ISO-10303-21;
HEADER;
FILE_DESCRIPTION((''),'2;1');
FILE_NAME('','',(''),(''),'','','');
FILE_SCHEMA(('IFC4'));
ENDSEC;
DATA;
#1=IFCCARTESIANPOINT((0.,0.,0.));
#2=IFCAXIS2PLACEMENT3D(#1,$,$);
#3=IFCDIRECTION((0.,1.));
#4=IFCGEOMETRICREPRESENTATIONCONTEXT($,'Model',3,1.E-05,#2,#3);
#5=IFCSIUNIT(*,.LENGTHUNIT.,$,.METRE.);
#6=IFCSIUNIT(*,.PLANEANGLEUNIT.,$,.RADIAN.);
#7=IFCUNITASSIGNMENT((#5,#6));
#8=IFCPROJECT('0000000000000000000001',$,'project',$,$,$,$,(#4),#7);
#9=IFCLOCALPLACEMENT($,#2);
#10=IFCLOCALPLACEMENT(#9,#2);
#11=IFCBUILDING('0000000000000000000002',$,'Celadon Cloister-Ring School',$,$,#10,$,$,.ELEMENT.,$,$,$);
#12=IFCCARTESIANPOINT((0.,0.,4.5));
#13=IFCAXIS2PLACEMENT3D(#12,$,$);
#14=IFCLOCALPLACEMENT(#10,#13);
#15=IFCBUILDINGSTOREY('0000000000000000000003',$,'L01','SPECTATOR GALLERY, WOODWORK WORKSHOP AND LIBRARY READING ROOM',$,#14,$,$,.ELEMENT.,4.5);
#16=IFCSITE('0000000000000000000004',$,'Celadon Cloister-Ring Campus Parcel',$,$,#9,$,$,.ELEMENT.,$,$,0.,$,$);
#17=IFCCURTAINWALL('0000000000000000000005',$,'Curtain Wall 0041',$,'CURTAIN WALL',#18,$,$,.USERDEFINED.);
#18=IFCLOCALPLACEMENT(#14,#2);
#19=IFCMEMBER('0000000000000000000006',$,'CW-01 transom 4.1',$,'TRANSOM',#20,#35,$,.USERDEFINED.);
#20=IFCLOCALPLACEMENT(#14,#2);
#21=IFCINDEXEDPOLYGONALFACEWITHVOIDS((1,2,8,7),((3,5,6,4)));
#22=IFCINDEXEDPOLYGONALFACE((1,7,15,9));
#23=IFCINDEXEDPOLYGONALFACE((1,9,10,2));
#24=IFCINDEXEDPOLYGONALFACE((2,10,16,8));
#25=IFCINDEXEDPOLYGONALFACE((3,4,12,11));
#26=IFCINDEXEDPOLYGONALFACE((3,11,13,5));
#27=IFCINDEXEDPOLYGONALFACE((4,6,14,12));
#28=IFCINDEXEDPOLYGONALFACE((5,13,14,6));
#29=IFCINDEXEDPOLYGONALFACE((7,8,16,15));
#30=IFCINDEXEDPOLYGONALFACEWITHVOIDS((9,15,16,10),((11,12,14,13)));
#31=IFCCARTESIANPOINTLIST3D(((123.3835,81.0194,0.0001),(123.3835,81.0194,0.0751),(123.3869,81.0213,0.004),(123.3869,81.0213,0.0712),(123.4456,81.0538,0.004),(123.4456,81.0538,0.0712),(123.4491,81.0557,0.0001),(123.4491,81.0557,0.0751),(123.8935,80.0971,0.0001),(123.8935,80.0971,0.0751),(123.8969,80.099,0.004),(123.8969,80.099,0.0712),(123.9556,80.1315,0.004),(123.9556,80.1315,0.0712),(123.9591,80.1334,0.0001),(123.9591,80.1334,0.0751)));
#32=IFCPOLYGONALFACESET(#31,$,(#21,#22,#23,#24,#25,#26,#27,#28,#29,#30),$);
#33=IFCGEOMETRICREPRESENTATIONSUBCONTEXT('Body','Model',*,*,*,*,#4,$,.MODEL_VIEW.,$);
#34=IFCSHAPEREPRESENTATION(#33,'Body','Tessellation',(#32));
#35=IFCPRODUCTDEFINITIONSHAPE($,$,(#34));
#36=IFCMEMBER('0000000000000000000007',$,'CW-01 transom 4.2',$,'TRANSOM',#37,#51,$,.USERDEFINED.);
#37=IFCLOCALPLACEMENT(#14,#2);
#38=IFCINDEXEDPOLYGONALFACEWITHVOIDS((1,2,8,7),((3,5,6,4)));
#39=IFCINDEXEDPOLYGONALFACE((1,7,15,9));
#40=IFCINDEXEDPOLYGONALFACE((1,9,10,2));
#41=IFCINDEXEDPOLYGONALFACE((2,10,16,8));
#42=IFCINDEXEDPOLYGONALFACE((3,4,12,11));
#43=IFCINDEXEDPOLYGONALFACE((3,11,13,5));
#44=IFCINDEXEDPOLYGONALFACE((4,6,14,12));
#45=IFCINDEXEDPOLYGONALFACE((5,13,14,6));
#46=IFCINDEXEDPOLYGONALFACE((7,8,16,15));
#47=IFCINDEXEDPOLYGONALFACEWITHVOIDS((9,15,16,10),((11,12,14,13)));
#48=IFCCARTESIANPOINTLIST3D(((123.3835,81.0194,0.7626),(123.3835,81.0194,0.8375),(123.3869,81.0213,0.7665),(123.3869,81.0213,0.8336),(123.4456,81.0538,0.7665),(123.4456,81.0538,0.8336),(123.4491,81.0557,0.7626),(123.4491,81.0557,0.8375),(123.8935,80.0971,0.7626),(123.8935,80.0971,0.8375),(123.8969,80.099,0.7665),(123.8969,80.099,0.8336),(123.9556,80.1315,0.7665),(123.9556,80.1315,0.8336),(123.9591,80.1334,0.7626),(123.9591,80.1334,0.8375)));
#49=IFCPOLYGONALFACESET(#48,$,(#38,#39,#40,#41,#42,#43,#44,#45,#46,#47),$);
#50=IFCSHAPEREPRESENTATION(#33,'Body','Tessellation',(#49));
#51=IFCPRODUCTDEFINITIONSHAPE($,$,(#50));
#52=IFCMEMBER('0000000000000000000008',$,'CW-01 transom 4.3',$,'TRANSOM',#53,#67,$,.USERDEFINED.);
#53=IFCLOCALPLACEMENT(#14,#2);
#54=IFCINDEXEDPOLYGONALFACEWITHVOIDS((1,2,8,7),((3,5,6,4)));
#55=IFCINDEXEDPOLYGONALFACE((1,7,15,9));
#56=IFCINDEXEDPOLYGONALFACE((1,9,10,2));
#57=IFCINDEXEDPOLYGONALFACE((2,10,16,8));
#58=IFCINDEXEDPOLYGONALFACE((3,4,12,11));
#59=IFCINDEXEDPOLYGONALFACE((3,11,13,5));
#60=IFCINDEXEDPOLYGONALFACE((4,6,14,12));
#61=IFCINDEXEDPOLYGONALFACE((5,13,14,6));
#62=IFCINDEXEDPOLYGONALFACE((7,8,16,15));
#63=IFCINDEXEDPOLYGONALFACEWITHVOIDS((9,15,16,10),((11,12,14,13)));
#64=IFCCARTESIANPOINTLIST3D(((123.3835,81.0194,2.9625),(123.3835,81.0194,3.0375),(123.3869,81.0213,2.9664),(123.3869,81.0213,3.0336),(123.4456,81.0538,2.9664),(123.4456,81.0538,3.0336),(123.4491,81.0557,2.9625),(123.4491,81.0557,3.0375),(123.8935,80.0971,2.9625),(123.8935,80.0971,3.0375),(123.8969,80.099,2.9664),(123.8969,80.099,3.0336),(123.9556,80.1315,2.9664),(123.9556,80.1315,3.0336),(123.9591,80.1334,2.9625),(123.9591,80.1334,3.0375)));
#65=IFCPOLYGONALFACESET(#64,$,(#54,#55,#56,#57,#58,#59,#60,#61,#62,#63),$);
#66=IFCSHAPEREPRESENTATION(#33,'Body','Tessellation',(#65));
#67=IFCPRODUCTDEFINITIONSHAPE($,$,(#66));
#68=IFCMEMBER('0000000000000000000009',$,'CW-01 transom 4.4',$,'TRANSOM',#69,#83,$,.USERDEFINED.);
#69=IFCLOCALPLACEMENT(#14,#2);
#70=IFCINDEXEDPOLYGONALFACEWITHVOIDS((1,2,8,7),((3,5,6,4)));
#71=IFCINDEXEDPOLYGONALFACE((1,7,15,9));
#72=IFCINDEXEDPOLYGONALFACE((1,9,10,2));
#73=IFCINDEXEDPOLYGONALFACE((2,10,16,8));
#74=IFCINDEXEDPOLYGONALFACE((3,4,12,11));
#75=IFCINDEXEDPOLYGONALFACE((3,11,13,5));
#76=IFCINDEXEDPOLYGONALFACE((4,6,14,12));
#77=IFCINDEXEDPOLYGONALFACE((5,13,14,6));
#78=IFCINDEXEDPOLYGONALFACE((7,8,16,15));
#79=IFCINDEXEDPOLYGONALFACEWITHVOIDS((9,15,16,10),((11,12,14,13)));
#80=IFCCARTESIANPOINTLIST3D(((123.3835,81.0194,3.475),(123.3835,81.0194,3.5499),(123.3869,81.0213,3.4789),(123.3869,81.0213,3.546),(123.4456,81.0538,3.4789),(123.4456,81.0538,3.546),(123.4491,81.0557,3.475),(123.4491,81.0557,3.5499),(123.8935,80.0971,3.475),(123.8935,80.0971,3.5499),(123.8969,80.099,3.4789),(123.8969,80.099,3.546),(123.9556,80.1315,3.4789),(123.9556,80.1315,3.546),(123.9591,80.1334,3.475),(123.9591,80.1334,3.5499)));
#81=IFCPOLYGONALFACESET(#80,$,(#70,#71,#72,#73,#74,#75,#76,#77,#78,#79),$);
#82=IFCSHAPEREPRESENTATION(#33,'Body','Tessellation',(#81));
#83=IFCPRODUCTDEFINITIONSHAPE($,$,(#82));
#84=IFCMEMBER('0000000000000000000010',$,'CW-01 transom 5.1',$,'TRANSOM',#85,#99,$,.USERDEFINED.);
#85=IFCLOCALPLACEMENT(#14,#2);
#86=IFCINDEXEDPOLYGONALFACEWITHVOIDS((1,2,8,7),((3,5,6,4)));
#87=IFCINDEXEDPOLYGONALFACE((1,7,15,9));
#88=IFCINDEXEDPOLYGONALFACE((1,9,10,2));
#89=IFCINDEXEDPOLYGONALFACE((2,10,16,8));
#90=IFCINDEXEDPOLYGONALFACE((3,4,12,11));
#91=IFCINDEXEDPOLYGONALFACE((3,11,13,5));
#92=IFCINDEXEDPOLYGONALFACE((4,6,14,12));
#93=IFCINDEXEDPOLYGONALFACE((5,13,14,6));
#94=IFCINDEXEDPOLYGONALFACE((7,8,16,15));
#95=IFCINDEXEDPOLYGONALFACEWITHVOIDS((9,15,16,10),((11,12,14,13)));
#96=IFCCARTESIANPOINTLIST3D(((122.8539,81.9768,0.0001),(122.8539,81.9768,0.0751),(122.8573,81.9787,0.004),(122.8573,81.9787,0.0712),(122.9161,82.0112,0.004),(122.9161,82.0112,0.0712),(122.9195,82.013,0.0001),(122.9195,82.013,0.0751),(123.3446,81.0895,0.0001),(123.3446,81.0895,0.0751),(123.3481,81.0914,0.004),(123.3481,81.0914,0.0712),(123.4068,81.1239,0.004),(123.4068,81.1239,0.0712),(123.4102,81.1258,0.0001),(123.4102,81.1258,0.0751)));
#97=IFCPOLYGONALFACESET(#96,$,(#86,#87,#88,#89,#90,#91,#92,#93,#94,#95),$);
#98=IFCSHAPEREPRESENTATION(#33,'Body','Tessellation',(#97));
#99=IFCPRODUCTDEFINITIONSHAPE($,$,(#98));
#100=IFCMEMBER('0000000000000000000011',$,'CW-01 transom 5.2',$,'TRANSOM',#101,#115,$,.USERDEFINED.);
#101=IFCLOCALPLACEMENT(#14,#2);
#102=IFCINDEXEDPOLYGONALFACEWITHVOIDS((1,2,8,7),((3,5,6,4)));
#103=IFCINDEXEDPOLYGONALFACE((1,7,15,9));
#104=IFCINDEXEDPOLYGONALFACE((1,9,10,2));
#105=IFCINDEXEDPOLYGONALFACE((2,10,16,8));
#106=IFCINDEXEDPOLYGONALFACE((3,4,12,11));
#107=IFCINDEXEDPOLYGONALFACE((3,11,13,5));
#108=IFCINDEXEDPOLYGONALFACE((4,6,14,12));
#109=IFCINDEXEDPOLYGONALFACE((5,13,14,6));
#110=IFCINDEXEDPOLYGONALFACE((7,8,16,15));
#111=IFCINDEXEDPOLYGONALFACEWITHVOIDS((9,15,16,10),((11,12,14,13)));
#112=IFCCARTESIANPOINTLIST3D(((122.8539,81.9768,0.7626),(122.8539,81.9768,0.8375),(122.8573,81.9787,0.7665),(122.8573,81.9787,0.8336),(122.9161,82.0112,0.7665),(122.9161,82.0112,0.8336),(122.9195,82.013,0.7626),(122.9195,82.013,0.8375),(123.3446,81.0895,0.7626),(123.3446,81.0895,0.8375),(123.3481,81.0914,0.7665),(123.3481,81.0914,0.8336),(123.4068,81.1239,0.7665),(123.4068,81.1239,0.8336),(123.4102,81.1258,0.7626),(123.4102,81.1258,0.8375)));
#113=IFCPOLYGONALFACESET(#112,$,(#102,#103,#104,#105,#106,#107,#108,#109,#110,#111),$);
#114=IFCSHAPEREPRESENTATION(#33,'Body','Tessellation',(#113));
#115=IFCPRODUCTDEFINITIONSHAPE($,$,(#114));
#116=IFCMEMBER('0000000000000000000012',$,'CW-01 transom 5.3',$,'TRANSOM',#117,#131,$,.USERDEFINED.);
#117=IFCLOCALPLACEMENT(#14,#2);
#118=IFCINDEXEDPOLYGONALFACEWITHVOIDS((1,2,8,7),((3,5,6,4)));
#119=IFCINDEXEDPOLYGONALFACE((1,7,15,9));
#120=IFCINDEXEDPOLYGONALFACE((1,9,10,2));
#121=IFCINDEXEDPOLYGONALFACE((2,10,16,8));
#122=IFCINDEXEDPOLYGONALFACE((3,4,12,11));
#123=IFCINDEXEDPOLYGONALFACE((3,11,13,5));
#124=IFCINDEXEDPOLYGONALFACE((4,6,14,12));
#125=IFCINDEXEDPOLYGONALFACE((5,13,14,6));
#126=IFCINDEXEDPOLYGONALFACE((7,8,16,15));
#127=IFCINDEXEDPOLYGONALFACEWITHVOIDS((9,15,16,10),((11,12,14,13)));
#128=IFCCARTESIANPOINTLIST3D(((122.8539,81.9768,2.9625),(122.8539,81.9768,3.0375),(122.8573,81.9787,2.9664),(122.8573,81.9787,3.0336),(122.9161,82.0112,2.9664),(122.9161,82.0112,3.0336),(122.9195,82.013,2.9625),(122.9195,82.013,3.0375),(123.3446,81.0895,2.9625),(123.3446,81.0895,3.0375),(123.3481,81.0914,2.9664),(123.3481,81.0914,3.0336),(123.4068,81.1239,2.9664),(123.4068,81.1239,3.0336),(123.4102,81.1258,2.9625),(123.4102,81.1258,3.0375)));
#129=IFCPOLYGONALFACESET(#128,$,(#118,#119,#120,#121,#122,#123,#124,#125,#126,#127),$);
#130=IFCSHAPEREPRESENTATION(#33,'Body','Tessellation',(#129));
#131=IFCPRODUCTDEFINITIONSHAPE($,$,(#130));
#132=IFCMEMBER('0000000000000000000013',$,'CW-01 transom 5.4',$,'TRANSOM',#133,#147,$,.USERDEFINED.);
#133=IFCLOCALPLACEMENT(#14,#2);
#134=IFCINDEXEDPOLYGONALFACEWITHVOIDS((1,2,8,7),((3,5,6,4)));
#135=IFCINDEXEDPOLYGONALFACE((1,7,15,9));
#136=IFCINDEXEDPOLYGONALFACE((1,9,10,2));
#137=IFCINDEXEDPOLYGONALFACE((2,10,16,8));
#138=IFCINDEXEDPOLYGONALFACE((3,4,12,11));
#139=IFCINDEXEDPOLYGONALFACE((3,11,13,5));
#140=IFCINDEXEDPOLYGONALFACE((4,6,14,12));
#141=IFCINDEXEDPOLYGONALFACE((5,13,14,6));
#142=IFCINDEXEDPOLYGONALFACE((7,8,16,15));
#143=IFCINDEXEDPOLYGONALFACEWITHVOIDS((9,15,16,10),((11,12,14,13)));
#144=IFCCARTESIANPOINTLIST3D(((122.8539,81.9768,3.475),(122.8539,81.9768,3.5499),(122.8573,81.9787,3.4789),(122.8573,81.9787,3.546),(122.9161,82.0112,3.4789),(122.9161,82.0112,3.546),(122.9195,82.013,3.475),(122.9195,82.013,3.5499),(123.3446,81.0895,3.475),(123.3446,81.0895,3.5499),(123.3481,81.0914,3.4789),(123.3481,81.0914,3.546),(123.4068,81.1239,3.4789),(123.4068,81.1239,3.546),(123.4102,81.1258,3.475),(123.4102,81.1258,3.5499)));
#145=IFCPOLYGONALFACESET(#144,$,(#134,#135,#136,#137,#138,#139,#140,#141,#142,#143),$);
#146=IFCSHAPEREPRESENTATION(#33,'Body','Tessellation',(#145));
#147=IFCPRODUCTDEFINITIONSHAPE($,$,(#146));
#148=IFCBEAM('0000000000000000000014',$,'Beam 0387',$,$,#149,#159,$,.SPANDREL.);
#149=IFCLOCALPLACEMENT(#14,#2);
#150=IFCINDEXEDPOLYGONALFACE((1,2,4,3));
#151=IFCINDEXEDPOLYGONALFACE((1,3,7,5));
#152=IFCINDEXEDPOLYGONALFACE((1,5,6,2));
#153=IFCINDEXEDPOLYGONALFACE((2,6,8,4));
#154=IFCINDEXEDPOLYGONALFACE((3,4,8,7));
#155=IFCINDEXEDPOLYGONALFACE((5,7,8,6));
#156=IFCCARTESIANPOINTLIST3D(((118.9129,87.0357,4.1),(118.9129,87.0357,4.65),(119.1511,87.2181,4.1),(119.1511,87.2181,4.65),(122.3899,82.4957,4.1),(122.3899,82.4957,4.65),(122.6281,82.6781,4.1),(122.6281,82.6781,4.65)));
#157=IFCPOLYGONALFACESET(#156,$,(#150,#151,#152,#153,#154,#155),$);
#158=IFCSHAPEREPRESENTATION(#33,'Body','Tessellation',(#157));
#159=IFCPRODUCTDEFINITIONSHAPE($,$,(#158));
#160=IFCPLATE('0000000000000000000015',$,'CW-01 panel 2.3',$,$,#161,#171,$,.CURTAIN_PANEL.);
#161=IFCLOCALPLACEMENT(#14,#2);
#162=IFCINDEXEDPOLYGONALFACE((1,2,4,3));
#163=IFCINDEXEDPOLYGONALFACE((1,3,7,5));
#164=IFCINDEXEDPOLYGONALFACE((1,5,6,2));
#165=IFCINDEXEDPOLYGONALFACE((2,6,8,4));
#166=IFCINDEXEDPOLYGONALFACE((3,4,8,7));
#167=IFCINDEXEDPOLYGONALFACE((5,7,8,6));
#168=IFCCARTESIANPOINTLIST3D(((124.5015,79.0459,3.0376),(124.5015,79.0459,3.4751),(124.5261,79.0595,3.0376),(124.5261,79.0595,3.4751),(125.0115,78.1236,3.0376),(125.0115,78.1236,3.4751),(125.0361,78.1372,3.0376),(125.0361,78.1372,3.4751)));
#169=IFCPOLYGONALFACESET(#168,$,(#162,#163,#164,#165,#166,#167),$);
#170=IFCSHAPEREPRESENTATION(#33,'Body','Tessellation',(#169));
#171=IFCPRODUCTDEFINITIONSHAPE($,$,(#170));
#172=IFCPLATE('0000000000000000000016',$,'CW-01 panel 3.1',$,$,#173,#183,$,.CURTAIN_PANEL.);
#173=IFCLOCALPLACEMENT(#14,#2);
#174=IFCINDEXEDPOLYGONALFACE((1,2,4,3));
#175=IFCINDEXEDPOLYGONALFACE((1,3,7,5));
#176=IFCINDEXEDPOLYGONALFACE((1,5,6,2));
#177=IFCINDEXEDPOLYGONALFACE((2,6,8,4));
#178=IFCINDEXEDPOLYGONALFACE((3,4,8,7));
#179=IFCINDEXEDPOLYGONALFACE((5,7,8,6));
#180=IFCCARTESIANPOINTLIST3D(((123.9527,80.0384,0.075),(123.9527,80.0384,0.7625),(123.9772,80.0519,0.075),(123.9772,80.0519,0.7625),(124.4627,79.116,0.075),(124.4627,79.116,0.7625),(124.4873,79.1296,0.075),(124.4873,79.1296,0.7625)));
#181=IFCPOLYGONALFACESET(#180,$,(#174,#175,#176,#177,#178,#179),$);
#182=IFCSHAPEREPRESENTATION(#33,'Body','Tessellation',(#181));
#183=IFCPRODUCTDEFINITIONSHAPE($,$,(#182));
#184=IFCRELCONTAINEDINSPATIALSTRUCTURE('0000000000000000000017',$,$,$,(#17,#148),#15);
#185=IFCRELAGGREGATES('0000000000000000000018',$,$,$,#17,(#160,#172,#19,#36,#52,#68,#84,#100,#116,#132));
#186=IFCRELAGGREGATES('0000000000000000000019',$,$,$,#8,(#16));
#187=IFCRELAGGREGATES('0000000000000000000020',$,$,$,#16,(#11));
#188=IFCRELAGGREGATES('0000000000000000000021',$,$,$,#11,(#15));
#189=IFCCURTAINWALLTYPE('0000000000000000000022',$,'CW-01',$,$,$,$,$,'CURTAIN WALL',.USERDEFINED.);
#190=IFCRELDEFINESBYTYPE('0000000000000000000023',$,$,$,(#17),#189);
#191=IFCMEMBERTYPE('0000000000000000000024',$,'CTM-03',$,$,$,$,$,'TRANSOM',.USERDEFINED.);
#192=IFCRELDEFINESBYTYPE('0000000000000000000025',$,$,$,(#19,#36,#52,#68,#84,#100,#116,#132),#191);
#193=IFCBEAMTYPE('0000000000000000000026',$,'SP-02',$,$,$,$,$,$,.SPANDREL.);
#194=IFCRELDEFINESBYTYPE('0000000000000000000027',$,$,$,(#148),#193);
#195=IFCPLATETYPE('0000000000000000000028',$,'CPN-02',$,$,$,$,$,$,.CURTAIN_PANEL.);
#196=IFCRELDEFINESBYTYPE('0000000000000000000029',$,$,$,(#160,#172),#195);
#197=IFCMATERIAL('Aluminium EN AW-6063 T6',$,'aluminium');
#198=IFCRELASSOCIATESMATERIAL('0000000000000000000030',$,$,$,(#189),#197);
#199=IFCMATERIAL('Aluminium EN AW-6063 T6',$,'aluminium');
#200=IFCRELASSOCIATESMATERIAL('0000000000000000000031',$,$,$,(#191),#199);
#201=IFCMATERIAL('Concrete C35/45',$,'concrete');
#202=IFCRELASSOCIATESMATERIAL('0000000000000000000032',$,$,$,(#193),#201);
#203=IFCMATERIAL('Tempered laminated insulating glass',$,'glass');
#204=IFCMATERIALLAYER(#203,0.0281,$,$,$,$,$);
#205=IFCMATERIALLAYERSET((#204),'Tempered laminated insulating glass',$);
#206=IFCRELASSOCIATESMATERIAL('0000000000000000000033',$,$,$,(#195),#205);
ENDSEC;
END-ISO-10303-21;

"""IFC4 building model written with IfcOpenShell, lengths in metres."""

from ifc_helpers import new_model, si_unit, direction, frame, origin, origin_2d, place, context, subcontext, project, spatial, rectangle, hollow_rectangle, extrude, material, layer, layer_set, material_profile, profile_set, type_object, element, aggregate, save


model = new_model("IFC4")

# Units and contexts
model_context = context("Model", 3, precision=1e-05, world=origin(), true_north=direction((0.0, 1.0)))
body_context = subcontext(model_context, "Body", "Model", "MODEL_VIEW")
ifc_project = project(units=[si_unit("LENGTHUNIT", "METRE"), si_unit("PLANEANGLEUNIT", "RADIAN")], contexts=[model_context])

# Site, building, storey
site_placement = place(None, origin())
site = spatial("IfcSite", under=ifc_project, at=site_placement, Name="Celadon Cloister-Ring Campus Parcel", CompositionType="ELEMENT", RefElevation=0.0)
building_placement = place(site_placement, origin())
building = spatial("IfcBuilding", under=site, at=building_placement, Name="Celadon Cloister-Ring School", CompositionType="ELEMENT")
storey_placement = place(building_placement, frame((0.0, 0.0, 4.5)))
storey = spatial("IfcBuildingStorey", under=building, at=storey_placement, Name="L01", Description="SPECTATOR GALLERY, WOODWORK WORKSHOP AND LIBRARY READING ROOM", CompositionType="ELEMENT", Elevation=4.5)

# Curtain wall, members
ifc_material_1 = material(Name="Aluminium EN AW-6063 T6", Category="aluminium")
curtain_wall_type = type_object("IfcCurtainWallType", Name="CW-01", ElementType="CURTAIN WALL", PredefinedType="USERDEFINED", material=ifc_material_1)
curtain_wall_placement = place(storey_placement, origin())
curtain_wall = element("IfcCurtainWall", 1, at=curtain_wall_placement, inside=storey, type_object=curtain_wall_type, Name="Curtain Wall 0041", ObjectType="CURTAIN WALL", PredefinedType="USERDEFINED")
ifc_material_2 = material(Name="Aluminium EN AW-6063 T6", Category="aluminium")
ifc_material_profile_1 = material_profile(ifc_material_2, hollow_rectangle(XDim=0.075, YDim=0.075, WallThickness=0.0039, at=origin_2d()), Name="RHS75X75X4")
ifc_profile_set_1 = profile_set([ifc_material_profile_1], Name="Aluminium EN AW-6063 T6")
member_type_1 = type_object("IfcMemberType", Name="CTM-03", ElementType="TRANSOM", PredefinedType="USERDEFINED", material=ifc_profile_set_1)
member_1_placement = place(storey_placement, frame((123.9263, 80.1152, 0.0376), z_axis=(-0.483892, 0.875128, 0.0), x_axis=(-0.875128, -0.483892, 0.0)))
member_1 = element("IfcMember", 2, at=member_1_placement, type_object=member_type_1, Name="CW-01 transom 4.1", ObjectType="TRANSOM", PredefinedType="USERDEFINED", context=body_context, shape_type="SweptSolid", body=[
    extrude(hollow_rectangle(XDim=0.075, YDim=0.075, WallThickness=0.0039, at=origin_2d()), origin(), (0.0, 0.0, 1.0), 1.054),
])
member_2_placement = place(storey_placement, frame((123.9263, 80.1152, 0.8), z_axis=(-0.483892, 0.875128, 0.0), x_axis=(-0.875128, -0.483892, 0.0)))
member_2 = element("IfcMember", 3, at=member_2_placement, type_object=member_type_1, Name="CW-01 transom 4.2", ObjectType="TRANSOM", PredefinedType="USERDEFINED", context=body_context, shape_type="SweptSolid", body=[
    extrude(hollow_rectangle(XDim=0.075, YDim=0.075, WallThickness=0.0039, at=origin_2d()), origin(), (0.0, 0.0, 1.0), 1.054),
])
member_3_placement = place(storey_placement, frame((123.9263, 80.1152, 3.0), z_axis=(-0.483892, 0.875128, 0.0), x_axis=(-0.875128, -0.483892, 0.0)))
member_3 = element("IfcMember", 4, at=member_3_placement, type_object=member_type_1, Name="CW-01 transom 4.3", ObjectType="TRANSOM", PredefinedType="USERDEFINED", context=body_context, shape_type="SweptSolid", body=[
    extrude(hollow_rectangle(XDim=0.075, YDim=0.075, WallThickness=0.0039, at=origin_2d()), origin(), (0.0, 0.0, 1.0), 1.054),
])
member_4_placement = place(storey_placement, frame((123.9263, 80.1152, 3.5125), z_axis=(-0.483892, 0.875128, 0.0), x_axis=(-0.875128, -0.483892, 0.0)))
member_4 = element("IfcMember", 5, at=member_4_placement, type_object=member_type_1, Name="CW-01 transom 4.4", ObjectType="TRANSOM", PredefinedType="USERDEFINED", context=body_context, shape_type="SweptSolid", body=[
    extrude(hollow_rectangle(XDim=0.075, YDim=0.075, WallThickness=0.0039, at=origin_2d()), origin(), (0.0, 0.0, 1.0), 1.054),
])
member_5_placement = place(storey_placement, frame((123.3774, 81.1077, 0.0376), z_axis=(-0.484006, 0.875064, 0.0), x_axis=(-0.875064, -0.484006, 0.0)))
member_5 = element("IfcMember", 6, at=member_5_placement, type_object=member_type_1, Name="CW-01 transom 5.1", ObjectType="TRANSOM", PredefinedType="USERDEFINED", context=body_context, shape_type="SweptSolid", body=[
    extrude(hollow_rectangle(XDim=0.075, YDim=0.075, WallThickness=0.0039, at=origin_2d()), origin(), (0.0, 0.0, 1.0), 1.0139),
])
member_6_placement = place(storey_placement, frame((123.3774, 81.1077, 0.8), z_axis=(-0.484006, 0.875064, 0.0), x_axis=(-0.875064, -0.484006, 0.0)))
member_6 = element("IfcMember", 7, at=member_6_placement, type_object=member_type_1, Name="CW-01 transom 5.2", ObjectType="TRANSOM", PredefinedType="USERDEFINED", context=body_context, shape_type="SweptSolid", body=[
    extrude(hollow_rectangle(XDim=0.075, YDim=0.075, WallThickness=0.0039, at=origin_2d()), origin(), (0.0, 0.0, 1.0), 1.0139),
])
member_7_placement = place(storey_placement, frame((123.3774, 81.1077, 3.0), z_axis=(-0.484006, 0.875064, 0.0), x_axis=(-0.875064, -0.484006, 0.0)))
member_7 = element("IfcMember", 8, at=member_7_placement, type_object=member_type_1, Name="CW-01 transom 5.3", ObjectType="TRANSOM", PredefinedType="USERDEFINED", context=body_context, shape_type="SweptSolid", body=[
    extrude(hollow_rectangle(XDim=0.075, YDim=0.075, WallThickness=0.0039, at=origin_2d()), origin(), (0.0, 0.0, 1.0), 1.0139),
])
member_8_placement = place(storey_placement, frame((123.3774, 81.1077, 3.5125), z_axis=(-0.484006, 0.875064, 0.0), x_axis=(-0.875064, -0.484006, 0.0)))
member_8 = element("IfcMember", 9, at=member_8_placement, type_object=member_type_1, Name="CW-01 transom 5.4", ObjectType="TRANSOM", PredefinedType="USERDEFINED", context=body_context, shape_type="SweptSolid", body=[
    extrude(hollow_rectangle(XDim=0.075, YDim=0.075, WallThickness=0.0039, at=origin_2d()), origin(), (0.0, 0.0, 1.0), 1.0139),
])

# Beam
ifc_material_3 = material(Name="Concrete C35/45", Category="concrete")
ifc_material_profile_2 = material_profile(ifc_material_3, rectangle(XDim=0.3, YDim=0.55, at=origin_2d()), Name="RC300X550")
ifc_profile_set_2 = profile_set([ifc_material_profile_2], Name="Concrete C35/45")
beam_type = type_object("IfcBeamType", Name="SP-02", PredefinedType="SPANDREL", material=ifc_profile_set_2)
beam_placement = place(storey_placement, frame((122.509, 82.5869, 4.375), z_axis=(-0.60803, 0.793914, 0.0), x_axis=(-0.793914, -0.60803, 0.0)))
element("IfcBeam", 10, at=beam_placement, inside=storey, type_object=beam_type, Name="Beam 0387", PredefinedType="SPANDREL", context=body_context, shape_type="SweptSolid", body=[
    extrude(rectangle(XDim=0.3, YDim=0.55, at=origin_2d()), origin(), (0.0, 0.0, 1.0), 5.7185),
])

# Plates
ifc_material_4 = material(Name="Tempered laminated insulating glass", Category="glass")
ifc_layer = layer(ifc_material_4, 0.0281)
ifc_layer_set = layer_set([ifc_layer], Name="Tempered laminated insulating glass")
plate_type = type_object("IfcPlateType", Name="CPN-02", PredefinedType="CURTAIN_PANEL", material=ifc_layer_set)
plate_1_placement = place(storey_placement, frame((124.7688, 78.5916, 3.0376), z_axis=(0.0, 0.0, 1.0), x_axis=(-0.483935, 0.875104, 0.0)))
plate_1 = element("IfcPlate", 11, at=plate_1_placement, type_object=plate_type, Name="CW-01 panel 2.3", PredefinedType="CURTAIN_PANEL", context=body_context, shape_type="SweptSolid", body=[
    extrude(rectangle(XDim=1.054, YDim=0.0281, at=origin_2d()), origin(), (0.0, 0.0, 1.0), 0.4375),
])
plate_2_placement = place(storey_placement, frame((124.22, 79.584, 0.075), z_axis=(0.0, 0.0, 1.0), x_axis=(-0.483935, 0.875104, 0.0)))
plate_2 = element("IfcPlate", 12, at=plate_2_placement, type_object=plate_type, Name="CW-01 panel 3.1", PredefinedType="CURTAIN_PANEL", context=body_context, shape_type="SweptSolid", body=[
    extrude(rectangle(XDim=1.054, YDim=0.0281, at=origin_2d()), origin(), (0.0, 0.0, 1.0), 0.6875),
])
aggregate(curtain_wall, [plate_1, plate_2, member_1, member_2, member_3, member_4, member_5, member_6, member_7, member_8])

save(model, "model.ifc")
